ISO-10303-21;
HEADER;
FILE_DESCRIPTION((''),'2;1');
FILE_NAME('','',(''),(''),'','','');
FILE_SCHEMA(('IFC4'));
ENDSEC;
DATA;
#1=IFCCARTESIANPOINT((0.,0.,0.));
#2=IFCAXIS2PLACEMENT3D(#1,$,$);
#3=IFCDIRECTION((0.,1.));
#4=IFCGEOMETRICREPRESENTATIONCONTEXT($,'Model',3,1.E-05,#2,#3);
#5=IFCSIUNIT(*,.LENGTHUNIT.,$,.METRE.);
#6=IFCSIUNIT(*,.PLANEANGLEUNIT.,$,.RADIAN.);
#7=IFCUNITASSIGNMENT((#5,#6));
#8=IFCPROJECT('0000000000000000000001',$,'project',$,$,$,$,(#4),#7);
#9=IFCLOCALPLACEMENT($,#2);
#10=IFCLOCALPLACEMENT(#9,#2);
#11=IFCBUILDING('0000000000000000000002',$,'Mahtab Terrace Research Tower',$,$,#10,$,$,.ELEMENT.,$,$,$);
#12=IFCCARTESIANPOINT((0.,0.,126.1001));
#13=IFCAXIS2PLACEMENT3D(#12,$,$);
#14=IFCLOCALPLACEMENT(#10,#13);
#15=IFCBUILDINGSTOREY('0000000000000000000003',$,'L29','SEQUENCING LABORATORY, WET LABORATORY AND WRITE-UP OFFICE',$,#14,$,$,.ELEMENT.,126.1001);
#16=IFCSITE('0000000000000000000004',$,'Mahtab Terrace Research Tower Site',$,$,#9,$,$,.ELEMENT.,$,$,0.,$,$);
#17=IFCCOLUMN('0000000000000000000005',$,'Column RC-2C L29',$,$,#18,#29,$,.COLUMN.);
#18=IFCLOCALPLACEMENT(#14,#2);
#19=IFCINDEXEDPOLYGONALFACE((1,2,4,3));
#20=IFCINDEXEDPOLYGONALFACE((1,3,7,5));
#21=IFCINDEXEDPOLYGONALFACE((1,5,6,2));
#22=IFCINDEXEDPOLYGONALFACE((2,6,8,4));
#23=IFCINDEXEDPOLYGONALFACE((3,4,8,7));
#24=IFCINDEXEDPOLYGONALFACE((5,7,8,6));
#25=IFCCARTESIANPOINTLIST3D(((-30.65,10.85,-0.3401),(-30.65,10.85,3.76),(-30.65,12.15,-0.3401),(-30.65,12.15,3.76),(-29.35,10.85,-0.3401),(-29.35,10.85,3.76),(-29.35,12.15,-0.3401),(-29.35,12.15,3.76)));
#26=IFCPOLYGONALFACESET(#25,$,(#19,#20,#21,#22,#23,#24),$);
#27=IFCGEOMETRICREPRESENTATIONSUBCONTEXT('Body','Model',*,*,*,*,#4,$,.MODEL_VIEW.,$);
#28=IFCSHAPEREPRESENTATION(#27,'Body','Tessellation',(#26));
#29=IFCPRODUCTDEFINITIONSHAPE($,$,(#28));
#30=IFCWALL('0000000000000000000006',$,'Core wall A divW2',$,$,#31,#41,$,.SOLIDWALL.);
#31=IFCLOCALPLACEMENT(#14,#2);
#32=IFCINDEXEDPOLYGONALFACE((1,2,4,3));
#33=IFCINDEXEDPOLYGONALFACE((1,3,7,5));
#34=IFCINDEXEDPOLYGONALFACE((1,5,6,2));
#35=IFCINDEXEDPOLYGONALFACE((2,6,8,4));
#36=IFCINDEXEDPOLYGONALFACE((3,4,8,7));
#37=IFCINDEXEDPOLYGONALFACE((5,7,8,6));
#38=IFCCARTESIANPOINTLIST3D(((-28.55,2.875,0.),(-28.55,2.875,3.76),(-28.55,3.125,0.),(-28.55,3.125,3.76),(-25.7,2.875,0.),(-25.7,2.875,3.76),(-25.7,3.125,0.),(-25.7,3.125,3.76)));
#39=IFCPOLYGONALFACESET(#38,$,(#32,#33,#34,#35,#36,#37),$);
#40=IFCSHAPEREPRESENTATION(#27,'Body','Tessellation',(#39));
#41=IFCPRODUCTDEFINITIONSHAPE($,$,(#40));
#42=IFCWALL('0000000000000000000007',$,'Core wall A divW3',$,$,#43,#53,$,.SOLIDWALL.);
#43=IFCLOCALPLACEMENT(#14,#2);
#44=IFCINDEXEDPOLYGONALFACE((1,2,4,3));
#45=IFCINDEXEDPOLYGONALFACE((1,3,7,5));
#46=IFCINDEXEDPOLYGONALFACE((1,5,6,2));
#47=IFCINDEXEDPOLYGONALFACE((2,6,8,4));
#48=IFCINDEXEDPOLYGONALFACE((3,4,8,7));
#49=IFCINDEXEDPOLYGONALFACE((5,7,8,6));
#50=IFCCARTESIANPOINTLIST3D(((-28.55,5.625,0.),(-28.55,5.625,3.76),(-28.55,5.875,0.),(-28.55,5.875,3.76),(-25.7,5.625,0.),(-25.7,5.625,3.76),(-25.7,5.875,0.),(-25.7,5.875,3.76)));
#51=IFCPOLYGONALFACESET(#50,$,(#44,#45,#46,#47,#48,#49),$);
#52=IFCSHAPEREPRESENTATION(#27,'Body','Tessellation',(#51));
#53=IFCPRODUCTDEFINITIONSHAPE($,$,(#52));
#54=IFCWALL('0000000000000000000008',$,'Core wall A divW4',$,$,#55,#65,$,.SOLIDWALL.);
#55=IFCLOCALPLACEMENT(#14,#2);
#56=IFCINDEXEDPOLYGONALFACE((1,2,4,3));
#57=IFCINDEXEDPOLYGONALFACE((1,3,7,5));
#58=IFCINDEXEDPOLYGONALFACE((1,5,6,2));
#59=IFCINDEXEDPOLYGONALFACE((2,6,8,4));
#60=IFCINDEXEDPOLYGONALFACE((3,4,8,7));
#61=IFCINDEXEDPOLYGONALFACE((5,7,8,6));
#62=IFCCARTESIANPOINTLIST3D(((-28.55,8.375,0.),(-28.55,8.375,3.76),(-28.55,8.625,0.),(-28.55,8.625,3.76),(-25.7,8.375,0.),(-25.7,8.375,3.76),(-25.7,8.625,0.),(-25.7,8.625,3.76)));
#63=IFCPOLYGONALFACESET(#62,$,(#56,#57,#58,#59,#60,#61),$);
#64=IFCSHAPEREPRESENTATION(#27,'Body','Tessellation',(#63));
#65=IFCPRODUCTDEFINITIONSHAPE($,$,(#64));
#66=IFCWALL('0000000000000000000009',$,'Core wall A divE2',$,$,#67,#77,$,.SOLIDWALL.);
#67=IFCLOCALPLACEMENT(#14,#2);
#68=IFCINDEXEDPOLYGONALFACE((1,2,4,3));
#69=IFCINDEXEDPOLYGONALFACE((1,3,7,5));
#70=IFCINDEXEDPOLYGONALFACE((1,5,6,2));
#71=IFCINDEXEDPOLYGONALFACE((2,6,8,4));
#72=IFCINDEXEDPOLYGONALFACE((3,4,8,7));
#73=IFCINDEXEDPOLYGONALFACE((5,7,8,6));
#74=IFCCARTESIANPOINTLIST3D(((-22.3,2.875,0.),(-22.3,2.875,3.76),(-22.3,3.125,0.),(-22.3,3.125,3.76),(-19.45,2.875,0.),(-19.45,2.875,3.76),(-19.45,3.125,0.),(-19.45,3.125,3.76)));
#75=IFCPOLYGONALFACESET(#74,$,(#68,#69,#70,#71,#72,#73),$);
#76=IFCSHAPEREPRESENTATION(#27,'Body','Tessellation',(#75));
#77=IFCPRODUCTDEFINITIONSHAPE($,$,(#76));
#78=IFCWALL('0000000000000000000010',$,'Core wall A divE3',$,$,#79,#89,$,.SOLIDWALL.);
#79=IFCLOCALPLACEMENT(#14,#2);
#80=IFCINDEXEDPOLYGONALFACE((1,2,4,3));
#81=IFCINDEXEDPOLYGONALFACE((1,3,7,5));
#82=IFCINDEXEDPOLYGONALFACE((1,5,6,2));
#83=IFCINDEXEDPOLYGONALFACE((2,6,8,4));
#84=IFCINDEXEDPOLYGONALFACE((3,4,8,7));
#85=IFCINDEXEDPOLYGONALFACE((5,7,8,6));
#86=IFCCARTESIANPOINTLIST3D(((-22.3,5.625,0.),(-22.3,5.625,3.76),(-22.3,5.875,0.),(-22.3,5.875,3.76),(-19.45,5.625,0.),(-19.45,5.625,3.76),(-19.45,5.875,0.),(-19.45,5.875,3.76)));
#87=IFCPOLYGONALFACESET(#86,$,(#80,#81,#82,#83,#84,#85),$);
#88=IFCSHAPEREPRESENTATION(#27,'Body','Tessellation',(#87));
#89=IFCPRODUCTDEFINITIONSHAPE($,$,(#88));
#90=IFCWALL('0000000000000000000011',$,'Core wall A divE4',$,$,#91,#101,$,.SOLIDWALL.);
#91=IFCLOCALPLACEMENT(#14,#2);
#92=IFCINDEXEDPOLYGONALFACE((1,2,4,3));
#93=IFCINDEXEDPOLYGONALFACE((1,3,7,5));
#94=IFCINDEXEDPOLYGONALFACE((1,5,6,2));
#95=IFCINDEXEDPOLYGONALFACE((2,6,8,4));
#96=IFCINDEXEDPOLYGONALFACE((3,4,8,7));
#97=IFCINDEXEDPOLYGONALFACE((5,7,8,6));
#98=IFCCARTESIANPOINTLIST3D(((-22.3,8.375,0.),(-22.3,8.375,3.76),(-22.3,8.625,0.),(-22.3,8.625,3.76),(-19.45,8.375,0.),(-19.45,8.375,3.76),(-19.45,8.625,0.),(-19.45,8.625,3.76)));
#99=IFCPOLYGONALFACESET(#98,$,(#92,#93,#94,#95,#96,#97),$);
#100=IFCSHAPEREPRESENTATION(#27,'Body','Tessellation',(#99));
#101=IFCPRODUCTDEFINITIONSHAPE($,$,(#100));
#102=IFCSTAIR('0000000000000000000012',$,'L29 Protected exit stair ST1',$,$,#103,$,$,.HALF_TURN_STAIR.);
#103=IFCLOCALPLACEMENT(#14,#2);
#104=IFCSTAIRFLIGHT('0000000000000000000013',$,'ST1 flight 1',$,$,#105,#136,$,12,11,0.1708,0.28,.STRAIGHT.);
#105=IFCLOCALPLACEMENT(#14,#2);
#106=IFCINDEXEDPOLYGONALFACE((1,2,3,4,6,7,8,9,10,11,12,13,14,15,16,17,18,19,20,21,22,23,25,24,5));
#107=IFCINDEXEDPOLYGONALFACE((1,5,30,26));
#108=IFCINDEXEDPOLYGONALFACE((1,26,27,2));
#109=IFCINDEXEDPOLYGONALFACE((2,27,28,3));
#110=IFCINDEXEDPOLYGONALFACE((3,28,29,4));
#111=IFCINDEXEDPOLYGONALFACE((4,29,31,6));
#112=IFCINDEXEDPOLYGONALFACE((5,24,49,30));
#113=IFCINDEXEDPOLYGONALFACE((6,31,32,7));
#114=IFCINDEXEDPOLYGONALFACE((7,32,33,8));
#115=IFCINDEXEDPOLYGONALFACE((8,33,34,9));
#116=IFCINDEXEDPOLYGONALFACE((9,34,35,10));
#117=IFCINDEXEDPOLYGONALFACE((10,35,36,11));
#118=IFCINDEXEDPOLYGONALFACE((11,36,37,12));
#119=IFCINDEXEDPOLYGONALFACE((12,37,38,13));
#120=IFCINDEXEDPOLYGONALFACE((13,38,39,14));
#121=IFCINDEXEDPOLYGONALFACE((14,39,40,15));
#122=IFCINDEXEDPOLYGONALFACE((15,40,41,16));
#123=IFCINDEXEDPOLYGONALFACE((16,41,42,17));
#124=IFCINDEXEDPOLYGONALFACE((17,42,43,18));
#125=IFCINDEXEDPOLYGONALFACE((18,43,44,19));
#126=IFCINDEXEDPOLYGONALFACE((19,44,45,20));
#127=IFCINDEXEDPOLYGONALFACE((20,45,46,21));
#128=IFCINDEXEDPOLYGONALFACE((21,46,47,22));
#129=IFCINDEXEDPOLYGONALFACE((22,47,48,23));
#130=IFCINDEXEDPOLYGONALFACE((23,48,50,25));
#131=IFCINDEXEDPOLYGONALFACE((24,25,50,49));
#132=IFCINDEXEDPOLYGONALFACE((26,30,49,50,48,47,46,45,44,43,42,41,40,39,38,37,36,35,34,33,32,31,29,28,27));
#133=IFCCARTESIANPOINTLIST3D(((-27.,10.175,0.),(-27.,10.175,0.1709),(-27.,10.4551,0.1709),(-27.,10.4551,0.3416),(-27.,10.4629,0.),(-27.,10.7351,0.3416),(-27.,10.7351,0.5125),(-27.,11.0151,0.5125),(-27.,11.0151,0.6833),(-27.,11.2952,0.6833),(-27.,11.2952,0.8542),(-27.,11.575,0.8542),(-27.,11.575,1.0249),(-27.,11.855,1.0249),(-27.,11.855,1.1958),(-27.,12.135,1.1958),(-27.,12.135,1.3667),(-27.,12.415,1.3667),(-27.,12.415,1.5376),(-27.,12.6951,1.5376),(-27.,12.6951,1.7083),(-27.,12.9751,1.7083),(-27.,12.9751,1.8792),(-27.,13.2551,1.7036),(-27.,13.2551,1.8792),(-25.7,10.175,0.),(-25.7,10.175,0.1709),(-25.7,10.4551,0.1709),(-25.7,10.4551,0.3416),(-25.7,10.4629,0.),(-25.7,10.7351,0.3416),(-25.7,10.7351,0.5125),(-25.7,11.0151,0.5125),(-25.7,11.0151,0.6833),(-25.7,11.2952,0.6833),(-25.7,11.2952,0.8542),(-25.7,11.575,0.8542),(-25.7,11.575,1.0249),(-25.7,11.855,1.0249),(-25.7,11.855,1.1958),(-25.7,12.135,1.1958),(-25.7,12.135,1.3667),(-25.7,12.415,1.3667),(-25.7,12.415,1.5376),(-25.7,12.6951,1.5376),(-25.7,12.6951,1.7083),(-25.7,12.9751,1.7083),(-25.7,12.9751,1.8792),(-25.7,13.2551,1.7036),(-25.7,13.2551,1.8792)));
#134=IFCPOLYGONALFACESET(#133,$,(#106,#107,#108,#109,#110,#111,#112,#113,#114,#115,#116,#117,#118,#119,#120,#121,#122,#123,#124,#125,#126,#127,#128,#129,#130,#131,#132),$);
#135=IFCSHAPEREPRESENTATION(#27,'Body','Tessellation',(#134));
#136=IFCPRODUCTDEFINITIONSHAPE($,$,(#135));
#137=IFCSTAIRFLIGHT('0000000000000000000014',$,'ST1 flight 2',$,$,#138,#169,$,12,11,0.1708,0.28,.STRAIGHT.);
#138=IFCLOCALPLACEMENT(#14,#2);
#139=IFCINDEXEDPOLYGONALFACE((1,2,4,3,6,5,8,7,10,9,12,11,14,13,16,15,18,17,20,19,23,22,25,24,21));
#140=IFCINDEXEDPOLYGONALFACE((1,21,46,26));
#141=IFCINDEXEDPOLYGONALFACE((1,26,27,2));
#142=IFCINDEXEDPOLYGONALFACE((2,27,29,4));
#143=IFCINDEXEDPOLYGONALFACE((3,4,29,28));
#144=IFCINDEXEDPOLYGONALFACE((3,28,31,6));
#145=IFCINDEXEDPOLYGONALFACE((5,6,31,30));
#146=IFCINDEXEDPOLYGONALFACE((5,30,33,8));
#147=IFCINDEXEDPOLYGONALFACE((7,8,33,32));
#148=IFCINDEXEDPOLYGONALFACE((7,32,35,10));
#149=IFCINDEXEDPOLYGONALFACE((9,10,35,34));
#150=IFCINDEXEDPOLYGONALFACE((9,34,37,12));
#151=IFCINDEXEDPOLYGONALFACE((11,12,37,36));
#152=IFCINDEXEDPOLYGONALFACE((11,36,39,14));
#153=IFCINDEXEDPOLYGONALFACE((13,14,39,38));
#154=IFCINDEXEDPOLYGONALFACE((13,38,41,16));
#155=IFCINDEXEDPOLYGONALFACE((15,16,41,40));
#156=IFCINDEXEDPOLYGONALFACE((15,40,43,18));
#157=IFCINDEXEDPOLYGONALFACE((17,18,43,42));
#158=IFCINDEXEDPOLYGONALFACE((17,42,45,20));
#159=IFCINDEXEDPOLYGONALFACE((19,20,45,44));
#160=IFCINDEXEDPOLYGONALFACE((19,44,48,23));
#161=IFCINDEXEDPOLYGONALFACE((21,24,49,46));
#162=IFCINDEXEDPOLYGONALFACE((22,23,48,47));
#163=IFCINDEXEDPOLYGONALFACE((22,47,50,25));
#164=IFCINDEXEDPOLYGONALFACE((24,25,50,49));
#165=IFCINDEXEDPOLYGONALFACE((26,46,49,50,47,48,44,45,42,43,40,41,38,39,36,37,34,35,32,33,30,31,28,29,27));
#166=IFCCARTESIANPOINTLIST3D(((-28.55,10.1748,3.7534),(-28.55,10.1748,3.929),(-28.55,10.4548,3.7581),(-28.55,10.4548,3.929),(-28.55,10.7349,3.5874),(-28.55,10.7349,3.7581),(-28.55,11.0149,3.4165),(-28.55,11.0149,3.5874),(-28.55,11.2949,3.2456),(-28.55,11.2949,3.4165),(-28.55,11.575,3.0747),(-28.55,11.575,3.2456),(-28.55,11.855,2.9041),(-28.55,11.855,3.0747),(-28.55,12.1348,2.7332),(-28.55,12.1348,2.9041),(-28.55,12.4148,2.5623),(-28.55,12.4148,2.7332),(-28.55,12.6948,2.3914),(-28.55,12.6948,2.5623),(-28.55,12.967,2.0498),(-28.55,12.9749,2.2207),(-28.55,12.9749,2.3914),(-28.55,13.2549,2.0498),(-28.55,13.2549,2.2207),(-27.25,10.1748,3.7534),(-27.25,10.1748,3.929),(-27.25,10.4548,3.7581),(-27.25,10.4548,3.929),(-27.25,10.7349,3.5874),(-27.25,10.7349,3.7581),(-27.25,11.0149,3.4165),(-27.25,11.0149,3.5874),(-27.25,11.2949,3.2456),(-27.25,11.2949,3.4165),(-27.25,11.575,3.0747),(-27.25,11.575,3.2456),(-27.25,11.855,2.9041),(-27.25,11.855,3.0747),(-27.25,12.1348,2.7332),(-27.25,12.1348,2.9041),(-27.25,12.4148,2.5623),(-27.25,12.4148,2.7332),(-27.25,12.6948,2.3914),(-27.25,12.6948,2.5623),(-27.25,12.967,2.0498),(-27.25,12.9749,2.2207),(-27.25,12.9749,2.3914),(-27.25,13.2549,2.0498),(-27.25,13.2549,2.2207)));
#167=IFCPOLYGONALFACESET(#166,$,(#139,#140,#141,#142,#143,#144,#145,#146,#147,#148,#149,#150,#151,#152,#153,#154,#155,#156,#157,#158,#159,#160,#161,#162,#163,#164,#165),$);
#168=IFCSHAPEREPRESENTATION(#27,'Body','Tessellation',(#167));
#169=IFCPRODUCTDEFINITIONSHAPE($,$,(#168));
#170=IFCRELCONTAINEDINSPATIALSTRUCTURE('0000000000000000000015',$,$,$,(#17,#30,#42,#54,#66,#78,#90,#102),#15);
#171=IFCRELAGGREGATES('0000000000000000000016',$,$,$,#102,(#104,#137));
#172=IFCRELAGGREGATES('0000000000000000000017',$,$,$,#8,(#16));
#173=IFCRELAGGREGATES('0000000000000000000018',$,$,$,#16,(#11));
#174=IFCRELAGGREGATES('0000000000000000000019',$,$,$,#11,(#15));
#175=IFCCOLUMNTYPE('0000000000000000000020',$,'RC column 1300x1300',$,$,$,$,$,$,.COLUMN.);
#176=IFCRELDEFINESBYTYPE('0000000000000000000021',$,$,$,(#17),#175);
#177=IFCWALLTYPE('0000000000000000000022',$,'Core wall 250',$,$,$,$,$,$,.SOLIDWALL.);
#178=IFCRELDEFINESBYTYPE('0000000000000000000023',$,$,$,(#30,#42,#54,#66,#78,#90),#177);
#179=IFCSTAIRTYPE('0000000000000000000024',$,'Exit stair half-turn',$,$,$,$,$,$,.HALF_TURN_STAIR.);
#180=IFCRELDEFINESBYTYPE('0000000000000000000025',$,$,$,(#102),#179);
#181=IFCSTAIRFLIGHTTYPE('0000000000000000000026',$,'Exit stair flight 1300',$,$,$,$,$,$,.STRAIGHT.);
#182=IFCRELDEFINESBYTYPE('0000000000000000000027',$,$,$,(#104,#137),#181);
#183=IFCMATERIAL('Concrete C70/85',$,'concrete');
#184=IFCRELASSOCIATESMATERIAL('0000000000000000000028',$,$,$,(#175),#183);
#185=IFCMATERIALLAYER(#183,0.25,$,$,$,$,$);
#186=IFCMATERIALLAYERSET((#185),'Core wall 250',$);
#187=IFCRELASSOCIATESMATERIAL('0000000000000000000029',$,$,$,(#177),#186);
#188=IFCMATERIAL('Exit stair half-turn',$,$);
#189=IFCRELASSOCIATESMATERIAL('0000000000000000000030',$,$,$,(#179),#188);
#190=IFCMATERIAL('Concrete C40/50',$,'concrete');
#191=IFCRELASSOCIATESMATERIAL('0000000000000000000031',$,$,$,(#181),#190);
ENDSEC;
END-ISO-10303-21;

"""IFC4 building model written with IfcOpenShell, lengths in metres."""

from ifc_helpers import new_model, si_unit, direction, frame, frame_2d, origin, origin_2d, place, context, subcontext, project, spatial, polyline, rectangle, outline, extrude, material, layer, layer_set, material_profile, profile_set, type_object, element, aggregate, save


model = new_model("IFC4")

# Units and contexts
model_context = context("Model", 3, precision=1e-05, world=origin(), true_north=direction((0.0, 1.0)))
body_context = subcontext(model_context, "Body", "Model", "MODEL_VIEW")
ifc_project = project(units=[si_unit("LENGTHUNIT", "METRE"), si_unit("PLANEANGLEUNIT", "RADIAN")], contexts=[model_context])

# Site, building, storey
site_placement = place(None, origin())
site = spatial("IfcSite", under=ifc_project, at=site_placement, Name="Mahtab Terrace Research Tower Site", CompositionType="ELEMENT", RefElevation=0.0)
building_placement = place(site_placement, origin())
building = spatial("IfcBuilding", under=site, at=building_placement, Name="Mahtab Terrace Research Tower", CompositionType="ELEMENT")
storey_placement = place(building_placement, frame((0.0, 0.0, 126.1001)))
storey = spatial("IfcBuildingStorey", under=building, at=storey_placement, Name="L29", Description="SEQUENCING LABORATORY, WET LABORATORY AND WRITE-UP OFFICE", CompositionType="ELEMENT", Elevation=126.1001)

# Column
ifc_material_1 = material(Name="Concrete C70/85", Category="concrete")
ifc_material_profile = material_profile(ifc_material_1, rectangle(XDim=1.3, YDim=1.3, at=origin_2d()), Name="RC column 1300x1300")
ifc_profile_set = profile_set([ifc_material_profile], Name="Concrete C70/85")
column_type = type_object("IfcColumnType", Name="RC column 1300x1300", PredefinedType="COLUMN", material=ifc_profile_set)
column_placement = place(storey_placement, frame((-30.0, 11.5, -0.3401), z_axis=(0.0, 0.0, 1.0), x_axis=(1.0, 0.0, 0.0)))
element("IfcColumn", 1, at=column_placement, inside=storey, type_object=column_type, Name="Column RC-2C L29", PredefinedType="COLUMN", context=body_context, shape_type="SweptSolid", body=[
    extrude(rectangle(XDim=1.3, YDim=1.3, at=origin_2d()), origin(), (0.0, 0.0, 1.0), 4.1001),
])

# Walls
ifc_layer = layer(ifc_material_1, 0.25)
ifc_layer_set = layer_set([ifc_layer], Name="Core wall 250")
wall_type = type_object("IfcWallType", Name="Core wall 250", PredefinedType="SOLIDWALL", material=ifc_layer_set)
for number, where, z_axis, x_axis, name in (
    (2, (-28.55, 3.0, 0.0), (0.0, 0.0, 1.0), (1.0, 0.0, 0.0), "Core wall A divW2"),
    (3, (-28.55, 5.75, 0.0), (0.0, 0.0, 1.0), (1.0, 0.0, 0.0), "Core wall A divW3"),
    (4, (-28.55, 8.5, 0.0), (0.0, 0.0, 1.0), (1.0, 0.0, 0.0), "Core wall A divW4"),
    (5, (-22.3, 3.0, 0.0), (0.0, 0.0, 1.0), (1.0, 0.0, 0.0), "Core wall A divE2"),
    (6, (-22.3, 5.75, 0.0), (0.0, 0.0, 1.0), (1.0, 0.0, 0.0), "Core wall A divE3"),
    (7, (-22.3, 8.5, 0.0), (0.0, 0.0, 1.0), (1.0, 0.0, 0.0), "Core wall A divE4"),
):
    element("IfcWall", number, at=place(storey_placement, frame(where, z_axis=z_axis, x_axis=x_axis)), inside=storey, type_object=wall_type, Name=name, PredefinedType="SOLIDWALL", context=body_context, shape_type="SweptSolid", body=[
        extrude(rectangle(XDim=2.8501, YDim=0.25, at=frame_2d((1.425, 0.0))), origin(), (0.0, 0.0, 1.0), 3.76),
    ])

# Stair, stair flights
ifc_material_2 = material(Name="Exit stair half-turn")
stair_type = type_object("IfcStairType", Name="Exit stair half-turn", PredefinedType="HALF_TURN_STAIR", material=ifc_material_2)
stair_placement = place(storey_placement, origin())
stair = element("IfcStair", 8, at=stair_placement, inside=storey, type_object=stair_type, Name="L29 Protected exit stair ST1", PredefinedType="HALF_TURN_STAIR")
ifc_material_3 = material(Name="Concrete C40/50", Category="concrete")
stair_flight_type = type_object("IfcStairFlightType", Name="Exit stair flight 1300", PredefinedType="STRAIGHT", material=ifc_material_3)
stair_flight_1_placement = place(storey_placement, frame((-26.3501, 10.175, 0.0), z_axis=(0.0, 0.0, 1.0), x_axis=(0.0, 1.0, 0.0)))
stair_flight_1 = element("IfcStairFlight", 9, at=stair_flight_1_placement, type_object=stair_flight_type, Name="ST1 flight 1", NumberOfRisers=12, NumberOfTreads=11, PredefinedType="STRAIGHT", RiserHeight=0.1708, TreadLength=0.28, context=body_context, shape_type="SweptSolid", body=[
    extrude(outline(polyline([(0.0, 0.0), (0.0, 0.1709), (0.28, 0.1709), (0.28, 0.3416), (0.5601, 0.3416), (0.5601, 0.5125), (0.8401, 0.5125), (0.8401, 0.6833), (1.1201, 0.6833), (1.1201, 0.8542), (1.3999, 0.8542), (1.3999, 1.0249), (1.6799, 1.0249), (1.6799, 1.1958), (1.96, 1.1958), (1.96, 1.3667), (2.24, 1.3667), (2.24, 1.5376), (2.52, 1.5376), (2.52, 1.7083), (2.8, 1.7083), (2.8, 1.8792), (3.0801, 1.8792), (3.0801, 2.05), (3.0801, 1.7036), (0.2878, 0.0), (0.0, 0.0)])), frame((0.0, 0.6499, 0.0), z_axis=(0.0, -1.0, 0.0), x_axis=(1.0, 0.0, 0.0)), (0.0, 0.0, 1.0), 1.3),
])
stair_flight_2_placement = place(storey_placement, frame((-27.8999, 13.2549, 2.0498), z_axis=(0.0, 0.0, 1.0), x_axis=(0.0, -1.0, 0.0)))
stair_flight_2 = element("IfcStairFlight", 10, at=stair_flight_2_placement, type_object=stair_flight_type, Name="ST1 flight 2", NumberOfRisers=12, NumberOfTreads=11, PredefinedType="STRAIGHT", RiserHeight=0.1708, TreadLength=0.28, context=body_context, shape_type="SweptSolid", body=[
    extrude(outline(polyline([(0.0, 0.0), (0.0, 0.1709), (0.28, 0.1709), (0.28, 0.3416), (0.5601, 0.3416), (0.5601, 0.5125), (0.8401, 0.5125), (0.8401, 0.6833), (1.1201, 0.6833), (1.1201, 0.8542), (1.3999, 0.8542), (1.3999, 1.0249), (1.6799, 1.0249), (1.6799, 1.1958), (1.96, 1.1958), (1.96, 1.3667), (2.24, 1.3667), (2.24, 1.5376), (2.52, 1.5376), (2.52, 1.7083), (2.8, 1.7083), (2.8, 1.8792), (3.0801, 1.8792), (3.0801, 2.05), (3.0801, 1.7036), (0.2878, 0.0), (0.0, 0.0)])), frame((0.0, 0.6499, 0.0), z_axis=(0.0, -1.0, 0.0), x_axis=(1.0, 0.0, 0.0)), (0.0, 0.0, 1.0), 1.3),
])
aggregate(stair, [stair_flight_1, stair_flight_2])

save(model, "model.ifc")
